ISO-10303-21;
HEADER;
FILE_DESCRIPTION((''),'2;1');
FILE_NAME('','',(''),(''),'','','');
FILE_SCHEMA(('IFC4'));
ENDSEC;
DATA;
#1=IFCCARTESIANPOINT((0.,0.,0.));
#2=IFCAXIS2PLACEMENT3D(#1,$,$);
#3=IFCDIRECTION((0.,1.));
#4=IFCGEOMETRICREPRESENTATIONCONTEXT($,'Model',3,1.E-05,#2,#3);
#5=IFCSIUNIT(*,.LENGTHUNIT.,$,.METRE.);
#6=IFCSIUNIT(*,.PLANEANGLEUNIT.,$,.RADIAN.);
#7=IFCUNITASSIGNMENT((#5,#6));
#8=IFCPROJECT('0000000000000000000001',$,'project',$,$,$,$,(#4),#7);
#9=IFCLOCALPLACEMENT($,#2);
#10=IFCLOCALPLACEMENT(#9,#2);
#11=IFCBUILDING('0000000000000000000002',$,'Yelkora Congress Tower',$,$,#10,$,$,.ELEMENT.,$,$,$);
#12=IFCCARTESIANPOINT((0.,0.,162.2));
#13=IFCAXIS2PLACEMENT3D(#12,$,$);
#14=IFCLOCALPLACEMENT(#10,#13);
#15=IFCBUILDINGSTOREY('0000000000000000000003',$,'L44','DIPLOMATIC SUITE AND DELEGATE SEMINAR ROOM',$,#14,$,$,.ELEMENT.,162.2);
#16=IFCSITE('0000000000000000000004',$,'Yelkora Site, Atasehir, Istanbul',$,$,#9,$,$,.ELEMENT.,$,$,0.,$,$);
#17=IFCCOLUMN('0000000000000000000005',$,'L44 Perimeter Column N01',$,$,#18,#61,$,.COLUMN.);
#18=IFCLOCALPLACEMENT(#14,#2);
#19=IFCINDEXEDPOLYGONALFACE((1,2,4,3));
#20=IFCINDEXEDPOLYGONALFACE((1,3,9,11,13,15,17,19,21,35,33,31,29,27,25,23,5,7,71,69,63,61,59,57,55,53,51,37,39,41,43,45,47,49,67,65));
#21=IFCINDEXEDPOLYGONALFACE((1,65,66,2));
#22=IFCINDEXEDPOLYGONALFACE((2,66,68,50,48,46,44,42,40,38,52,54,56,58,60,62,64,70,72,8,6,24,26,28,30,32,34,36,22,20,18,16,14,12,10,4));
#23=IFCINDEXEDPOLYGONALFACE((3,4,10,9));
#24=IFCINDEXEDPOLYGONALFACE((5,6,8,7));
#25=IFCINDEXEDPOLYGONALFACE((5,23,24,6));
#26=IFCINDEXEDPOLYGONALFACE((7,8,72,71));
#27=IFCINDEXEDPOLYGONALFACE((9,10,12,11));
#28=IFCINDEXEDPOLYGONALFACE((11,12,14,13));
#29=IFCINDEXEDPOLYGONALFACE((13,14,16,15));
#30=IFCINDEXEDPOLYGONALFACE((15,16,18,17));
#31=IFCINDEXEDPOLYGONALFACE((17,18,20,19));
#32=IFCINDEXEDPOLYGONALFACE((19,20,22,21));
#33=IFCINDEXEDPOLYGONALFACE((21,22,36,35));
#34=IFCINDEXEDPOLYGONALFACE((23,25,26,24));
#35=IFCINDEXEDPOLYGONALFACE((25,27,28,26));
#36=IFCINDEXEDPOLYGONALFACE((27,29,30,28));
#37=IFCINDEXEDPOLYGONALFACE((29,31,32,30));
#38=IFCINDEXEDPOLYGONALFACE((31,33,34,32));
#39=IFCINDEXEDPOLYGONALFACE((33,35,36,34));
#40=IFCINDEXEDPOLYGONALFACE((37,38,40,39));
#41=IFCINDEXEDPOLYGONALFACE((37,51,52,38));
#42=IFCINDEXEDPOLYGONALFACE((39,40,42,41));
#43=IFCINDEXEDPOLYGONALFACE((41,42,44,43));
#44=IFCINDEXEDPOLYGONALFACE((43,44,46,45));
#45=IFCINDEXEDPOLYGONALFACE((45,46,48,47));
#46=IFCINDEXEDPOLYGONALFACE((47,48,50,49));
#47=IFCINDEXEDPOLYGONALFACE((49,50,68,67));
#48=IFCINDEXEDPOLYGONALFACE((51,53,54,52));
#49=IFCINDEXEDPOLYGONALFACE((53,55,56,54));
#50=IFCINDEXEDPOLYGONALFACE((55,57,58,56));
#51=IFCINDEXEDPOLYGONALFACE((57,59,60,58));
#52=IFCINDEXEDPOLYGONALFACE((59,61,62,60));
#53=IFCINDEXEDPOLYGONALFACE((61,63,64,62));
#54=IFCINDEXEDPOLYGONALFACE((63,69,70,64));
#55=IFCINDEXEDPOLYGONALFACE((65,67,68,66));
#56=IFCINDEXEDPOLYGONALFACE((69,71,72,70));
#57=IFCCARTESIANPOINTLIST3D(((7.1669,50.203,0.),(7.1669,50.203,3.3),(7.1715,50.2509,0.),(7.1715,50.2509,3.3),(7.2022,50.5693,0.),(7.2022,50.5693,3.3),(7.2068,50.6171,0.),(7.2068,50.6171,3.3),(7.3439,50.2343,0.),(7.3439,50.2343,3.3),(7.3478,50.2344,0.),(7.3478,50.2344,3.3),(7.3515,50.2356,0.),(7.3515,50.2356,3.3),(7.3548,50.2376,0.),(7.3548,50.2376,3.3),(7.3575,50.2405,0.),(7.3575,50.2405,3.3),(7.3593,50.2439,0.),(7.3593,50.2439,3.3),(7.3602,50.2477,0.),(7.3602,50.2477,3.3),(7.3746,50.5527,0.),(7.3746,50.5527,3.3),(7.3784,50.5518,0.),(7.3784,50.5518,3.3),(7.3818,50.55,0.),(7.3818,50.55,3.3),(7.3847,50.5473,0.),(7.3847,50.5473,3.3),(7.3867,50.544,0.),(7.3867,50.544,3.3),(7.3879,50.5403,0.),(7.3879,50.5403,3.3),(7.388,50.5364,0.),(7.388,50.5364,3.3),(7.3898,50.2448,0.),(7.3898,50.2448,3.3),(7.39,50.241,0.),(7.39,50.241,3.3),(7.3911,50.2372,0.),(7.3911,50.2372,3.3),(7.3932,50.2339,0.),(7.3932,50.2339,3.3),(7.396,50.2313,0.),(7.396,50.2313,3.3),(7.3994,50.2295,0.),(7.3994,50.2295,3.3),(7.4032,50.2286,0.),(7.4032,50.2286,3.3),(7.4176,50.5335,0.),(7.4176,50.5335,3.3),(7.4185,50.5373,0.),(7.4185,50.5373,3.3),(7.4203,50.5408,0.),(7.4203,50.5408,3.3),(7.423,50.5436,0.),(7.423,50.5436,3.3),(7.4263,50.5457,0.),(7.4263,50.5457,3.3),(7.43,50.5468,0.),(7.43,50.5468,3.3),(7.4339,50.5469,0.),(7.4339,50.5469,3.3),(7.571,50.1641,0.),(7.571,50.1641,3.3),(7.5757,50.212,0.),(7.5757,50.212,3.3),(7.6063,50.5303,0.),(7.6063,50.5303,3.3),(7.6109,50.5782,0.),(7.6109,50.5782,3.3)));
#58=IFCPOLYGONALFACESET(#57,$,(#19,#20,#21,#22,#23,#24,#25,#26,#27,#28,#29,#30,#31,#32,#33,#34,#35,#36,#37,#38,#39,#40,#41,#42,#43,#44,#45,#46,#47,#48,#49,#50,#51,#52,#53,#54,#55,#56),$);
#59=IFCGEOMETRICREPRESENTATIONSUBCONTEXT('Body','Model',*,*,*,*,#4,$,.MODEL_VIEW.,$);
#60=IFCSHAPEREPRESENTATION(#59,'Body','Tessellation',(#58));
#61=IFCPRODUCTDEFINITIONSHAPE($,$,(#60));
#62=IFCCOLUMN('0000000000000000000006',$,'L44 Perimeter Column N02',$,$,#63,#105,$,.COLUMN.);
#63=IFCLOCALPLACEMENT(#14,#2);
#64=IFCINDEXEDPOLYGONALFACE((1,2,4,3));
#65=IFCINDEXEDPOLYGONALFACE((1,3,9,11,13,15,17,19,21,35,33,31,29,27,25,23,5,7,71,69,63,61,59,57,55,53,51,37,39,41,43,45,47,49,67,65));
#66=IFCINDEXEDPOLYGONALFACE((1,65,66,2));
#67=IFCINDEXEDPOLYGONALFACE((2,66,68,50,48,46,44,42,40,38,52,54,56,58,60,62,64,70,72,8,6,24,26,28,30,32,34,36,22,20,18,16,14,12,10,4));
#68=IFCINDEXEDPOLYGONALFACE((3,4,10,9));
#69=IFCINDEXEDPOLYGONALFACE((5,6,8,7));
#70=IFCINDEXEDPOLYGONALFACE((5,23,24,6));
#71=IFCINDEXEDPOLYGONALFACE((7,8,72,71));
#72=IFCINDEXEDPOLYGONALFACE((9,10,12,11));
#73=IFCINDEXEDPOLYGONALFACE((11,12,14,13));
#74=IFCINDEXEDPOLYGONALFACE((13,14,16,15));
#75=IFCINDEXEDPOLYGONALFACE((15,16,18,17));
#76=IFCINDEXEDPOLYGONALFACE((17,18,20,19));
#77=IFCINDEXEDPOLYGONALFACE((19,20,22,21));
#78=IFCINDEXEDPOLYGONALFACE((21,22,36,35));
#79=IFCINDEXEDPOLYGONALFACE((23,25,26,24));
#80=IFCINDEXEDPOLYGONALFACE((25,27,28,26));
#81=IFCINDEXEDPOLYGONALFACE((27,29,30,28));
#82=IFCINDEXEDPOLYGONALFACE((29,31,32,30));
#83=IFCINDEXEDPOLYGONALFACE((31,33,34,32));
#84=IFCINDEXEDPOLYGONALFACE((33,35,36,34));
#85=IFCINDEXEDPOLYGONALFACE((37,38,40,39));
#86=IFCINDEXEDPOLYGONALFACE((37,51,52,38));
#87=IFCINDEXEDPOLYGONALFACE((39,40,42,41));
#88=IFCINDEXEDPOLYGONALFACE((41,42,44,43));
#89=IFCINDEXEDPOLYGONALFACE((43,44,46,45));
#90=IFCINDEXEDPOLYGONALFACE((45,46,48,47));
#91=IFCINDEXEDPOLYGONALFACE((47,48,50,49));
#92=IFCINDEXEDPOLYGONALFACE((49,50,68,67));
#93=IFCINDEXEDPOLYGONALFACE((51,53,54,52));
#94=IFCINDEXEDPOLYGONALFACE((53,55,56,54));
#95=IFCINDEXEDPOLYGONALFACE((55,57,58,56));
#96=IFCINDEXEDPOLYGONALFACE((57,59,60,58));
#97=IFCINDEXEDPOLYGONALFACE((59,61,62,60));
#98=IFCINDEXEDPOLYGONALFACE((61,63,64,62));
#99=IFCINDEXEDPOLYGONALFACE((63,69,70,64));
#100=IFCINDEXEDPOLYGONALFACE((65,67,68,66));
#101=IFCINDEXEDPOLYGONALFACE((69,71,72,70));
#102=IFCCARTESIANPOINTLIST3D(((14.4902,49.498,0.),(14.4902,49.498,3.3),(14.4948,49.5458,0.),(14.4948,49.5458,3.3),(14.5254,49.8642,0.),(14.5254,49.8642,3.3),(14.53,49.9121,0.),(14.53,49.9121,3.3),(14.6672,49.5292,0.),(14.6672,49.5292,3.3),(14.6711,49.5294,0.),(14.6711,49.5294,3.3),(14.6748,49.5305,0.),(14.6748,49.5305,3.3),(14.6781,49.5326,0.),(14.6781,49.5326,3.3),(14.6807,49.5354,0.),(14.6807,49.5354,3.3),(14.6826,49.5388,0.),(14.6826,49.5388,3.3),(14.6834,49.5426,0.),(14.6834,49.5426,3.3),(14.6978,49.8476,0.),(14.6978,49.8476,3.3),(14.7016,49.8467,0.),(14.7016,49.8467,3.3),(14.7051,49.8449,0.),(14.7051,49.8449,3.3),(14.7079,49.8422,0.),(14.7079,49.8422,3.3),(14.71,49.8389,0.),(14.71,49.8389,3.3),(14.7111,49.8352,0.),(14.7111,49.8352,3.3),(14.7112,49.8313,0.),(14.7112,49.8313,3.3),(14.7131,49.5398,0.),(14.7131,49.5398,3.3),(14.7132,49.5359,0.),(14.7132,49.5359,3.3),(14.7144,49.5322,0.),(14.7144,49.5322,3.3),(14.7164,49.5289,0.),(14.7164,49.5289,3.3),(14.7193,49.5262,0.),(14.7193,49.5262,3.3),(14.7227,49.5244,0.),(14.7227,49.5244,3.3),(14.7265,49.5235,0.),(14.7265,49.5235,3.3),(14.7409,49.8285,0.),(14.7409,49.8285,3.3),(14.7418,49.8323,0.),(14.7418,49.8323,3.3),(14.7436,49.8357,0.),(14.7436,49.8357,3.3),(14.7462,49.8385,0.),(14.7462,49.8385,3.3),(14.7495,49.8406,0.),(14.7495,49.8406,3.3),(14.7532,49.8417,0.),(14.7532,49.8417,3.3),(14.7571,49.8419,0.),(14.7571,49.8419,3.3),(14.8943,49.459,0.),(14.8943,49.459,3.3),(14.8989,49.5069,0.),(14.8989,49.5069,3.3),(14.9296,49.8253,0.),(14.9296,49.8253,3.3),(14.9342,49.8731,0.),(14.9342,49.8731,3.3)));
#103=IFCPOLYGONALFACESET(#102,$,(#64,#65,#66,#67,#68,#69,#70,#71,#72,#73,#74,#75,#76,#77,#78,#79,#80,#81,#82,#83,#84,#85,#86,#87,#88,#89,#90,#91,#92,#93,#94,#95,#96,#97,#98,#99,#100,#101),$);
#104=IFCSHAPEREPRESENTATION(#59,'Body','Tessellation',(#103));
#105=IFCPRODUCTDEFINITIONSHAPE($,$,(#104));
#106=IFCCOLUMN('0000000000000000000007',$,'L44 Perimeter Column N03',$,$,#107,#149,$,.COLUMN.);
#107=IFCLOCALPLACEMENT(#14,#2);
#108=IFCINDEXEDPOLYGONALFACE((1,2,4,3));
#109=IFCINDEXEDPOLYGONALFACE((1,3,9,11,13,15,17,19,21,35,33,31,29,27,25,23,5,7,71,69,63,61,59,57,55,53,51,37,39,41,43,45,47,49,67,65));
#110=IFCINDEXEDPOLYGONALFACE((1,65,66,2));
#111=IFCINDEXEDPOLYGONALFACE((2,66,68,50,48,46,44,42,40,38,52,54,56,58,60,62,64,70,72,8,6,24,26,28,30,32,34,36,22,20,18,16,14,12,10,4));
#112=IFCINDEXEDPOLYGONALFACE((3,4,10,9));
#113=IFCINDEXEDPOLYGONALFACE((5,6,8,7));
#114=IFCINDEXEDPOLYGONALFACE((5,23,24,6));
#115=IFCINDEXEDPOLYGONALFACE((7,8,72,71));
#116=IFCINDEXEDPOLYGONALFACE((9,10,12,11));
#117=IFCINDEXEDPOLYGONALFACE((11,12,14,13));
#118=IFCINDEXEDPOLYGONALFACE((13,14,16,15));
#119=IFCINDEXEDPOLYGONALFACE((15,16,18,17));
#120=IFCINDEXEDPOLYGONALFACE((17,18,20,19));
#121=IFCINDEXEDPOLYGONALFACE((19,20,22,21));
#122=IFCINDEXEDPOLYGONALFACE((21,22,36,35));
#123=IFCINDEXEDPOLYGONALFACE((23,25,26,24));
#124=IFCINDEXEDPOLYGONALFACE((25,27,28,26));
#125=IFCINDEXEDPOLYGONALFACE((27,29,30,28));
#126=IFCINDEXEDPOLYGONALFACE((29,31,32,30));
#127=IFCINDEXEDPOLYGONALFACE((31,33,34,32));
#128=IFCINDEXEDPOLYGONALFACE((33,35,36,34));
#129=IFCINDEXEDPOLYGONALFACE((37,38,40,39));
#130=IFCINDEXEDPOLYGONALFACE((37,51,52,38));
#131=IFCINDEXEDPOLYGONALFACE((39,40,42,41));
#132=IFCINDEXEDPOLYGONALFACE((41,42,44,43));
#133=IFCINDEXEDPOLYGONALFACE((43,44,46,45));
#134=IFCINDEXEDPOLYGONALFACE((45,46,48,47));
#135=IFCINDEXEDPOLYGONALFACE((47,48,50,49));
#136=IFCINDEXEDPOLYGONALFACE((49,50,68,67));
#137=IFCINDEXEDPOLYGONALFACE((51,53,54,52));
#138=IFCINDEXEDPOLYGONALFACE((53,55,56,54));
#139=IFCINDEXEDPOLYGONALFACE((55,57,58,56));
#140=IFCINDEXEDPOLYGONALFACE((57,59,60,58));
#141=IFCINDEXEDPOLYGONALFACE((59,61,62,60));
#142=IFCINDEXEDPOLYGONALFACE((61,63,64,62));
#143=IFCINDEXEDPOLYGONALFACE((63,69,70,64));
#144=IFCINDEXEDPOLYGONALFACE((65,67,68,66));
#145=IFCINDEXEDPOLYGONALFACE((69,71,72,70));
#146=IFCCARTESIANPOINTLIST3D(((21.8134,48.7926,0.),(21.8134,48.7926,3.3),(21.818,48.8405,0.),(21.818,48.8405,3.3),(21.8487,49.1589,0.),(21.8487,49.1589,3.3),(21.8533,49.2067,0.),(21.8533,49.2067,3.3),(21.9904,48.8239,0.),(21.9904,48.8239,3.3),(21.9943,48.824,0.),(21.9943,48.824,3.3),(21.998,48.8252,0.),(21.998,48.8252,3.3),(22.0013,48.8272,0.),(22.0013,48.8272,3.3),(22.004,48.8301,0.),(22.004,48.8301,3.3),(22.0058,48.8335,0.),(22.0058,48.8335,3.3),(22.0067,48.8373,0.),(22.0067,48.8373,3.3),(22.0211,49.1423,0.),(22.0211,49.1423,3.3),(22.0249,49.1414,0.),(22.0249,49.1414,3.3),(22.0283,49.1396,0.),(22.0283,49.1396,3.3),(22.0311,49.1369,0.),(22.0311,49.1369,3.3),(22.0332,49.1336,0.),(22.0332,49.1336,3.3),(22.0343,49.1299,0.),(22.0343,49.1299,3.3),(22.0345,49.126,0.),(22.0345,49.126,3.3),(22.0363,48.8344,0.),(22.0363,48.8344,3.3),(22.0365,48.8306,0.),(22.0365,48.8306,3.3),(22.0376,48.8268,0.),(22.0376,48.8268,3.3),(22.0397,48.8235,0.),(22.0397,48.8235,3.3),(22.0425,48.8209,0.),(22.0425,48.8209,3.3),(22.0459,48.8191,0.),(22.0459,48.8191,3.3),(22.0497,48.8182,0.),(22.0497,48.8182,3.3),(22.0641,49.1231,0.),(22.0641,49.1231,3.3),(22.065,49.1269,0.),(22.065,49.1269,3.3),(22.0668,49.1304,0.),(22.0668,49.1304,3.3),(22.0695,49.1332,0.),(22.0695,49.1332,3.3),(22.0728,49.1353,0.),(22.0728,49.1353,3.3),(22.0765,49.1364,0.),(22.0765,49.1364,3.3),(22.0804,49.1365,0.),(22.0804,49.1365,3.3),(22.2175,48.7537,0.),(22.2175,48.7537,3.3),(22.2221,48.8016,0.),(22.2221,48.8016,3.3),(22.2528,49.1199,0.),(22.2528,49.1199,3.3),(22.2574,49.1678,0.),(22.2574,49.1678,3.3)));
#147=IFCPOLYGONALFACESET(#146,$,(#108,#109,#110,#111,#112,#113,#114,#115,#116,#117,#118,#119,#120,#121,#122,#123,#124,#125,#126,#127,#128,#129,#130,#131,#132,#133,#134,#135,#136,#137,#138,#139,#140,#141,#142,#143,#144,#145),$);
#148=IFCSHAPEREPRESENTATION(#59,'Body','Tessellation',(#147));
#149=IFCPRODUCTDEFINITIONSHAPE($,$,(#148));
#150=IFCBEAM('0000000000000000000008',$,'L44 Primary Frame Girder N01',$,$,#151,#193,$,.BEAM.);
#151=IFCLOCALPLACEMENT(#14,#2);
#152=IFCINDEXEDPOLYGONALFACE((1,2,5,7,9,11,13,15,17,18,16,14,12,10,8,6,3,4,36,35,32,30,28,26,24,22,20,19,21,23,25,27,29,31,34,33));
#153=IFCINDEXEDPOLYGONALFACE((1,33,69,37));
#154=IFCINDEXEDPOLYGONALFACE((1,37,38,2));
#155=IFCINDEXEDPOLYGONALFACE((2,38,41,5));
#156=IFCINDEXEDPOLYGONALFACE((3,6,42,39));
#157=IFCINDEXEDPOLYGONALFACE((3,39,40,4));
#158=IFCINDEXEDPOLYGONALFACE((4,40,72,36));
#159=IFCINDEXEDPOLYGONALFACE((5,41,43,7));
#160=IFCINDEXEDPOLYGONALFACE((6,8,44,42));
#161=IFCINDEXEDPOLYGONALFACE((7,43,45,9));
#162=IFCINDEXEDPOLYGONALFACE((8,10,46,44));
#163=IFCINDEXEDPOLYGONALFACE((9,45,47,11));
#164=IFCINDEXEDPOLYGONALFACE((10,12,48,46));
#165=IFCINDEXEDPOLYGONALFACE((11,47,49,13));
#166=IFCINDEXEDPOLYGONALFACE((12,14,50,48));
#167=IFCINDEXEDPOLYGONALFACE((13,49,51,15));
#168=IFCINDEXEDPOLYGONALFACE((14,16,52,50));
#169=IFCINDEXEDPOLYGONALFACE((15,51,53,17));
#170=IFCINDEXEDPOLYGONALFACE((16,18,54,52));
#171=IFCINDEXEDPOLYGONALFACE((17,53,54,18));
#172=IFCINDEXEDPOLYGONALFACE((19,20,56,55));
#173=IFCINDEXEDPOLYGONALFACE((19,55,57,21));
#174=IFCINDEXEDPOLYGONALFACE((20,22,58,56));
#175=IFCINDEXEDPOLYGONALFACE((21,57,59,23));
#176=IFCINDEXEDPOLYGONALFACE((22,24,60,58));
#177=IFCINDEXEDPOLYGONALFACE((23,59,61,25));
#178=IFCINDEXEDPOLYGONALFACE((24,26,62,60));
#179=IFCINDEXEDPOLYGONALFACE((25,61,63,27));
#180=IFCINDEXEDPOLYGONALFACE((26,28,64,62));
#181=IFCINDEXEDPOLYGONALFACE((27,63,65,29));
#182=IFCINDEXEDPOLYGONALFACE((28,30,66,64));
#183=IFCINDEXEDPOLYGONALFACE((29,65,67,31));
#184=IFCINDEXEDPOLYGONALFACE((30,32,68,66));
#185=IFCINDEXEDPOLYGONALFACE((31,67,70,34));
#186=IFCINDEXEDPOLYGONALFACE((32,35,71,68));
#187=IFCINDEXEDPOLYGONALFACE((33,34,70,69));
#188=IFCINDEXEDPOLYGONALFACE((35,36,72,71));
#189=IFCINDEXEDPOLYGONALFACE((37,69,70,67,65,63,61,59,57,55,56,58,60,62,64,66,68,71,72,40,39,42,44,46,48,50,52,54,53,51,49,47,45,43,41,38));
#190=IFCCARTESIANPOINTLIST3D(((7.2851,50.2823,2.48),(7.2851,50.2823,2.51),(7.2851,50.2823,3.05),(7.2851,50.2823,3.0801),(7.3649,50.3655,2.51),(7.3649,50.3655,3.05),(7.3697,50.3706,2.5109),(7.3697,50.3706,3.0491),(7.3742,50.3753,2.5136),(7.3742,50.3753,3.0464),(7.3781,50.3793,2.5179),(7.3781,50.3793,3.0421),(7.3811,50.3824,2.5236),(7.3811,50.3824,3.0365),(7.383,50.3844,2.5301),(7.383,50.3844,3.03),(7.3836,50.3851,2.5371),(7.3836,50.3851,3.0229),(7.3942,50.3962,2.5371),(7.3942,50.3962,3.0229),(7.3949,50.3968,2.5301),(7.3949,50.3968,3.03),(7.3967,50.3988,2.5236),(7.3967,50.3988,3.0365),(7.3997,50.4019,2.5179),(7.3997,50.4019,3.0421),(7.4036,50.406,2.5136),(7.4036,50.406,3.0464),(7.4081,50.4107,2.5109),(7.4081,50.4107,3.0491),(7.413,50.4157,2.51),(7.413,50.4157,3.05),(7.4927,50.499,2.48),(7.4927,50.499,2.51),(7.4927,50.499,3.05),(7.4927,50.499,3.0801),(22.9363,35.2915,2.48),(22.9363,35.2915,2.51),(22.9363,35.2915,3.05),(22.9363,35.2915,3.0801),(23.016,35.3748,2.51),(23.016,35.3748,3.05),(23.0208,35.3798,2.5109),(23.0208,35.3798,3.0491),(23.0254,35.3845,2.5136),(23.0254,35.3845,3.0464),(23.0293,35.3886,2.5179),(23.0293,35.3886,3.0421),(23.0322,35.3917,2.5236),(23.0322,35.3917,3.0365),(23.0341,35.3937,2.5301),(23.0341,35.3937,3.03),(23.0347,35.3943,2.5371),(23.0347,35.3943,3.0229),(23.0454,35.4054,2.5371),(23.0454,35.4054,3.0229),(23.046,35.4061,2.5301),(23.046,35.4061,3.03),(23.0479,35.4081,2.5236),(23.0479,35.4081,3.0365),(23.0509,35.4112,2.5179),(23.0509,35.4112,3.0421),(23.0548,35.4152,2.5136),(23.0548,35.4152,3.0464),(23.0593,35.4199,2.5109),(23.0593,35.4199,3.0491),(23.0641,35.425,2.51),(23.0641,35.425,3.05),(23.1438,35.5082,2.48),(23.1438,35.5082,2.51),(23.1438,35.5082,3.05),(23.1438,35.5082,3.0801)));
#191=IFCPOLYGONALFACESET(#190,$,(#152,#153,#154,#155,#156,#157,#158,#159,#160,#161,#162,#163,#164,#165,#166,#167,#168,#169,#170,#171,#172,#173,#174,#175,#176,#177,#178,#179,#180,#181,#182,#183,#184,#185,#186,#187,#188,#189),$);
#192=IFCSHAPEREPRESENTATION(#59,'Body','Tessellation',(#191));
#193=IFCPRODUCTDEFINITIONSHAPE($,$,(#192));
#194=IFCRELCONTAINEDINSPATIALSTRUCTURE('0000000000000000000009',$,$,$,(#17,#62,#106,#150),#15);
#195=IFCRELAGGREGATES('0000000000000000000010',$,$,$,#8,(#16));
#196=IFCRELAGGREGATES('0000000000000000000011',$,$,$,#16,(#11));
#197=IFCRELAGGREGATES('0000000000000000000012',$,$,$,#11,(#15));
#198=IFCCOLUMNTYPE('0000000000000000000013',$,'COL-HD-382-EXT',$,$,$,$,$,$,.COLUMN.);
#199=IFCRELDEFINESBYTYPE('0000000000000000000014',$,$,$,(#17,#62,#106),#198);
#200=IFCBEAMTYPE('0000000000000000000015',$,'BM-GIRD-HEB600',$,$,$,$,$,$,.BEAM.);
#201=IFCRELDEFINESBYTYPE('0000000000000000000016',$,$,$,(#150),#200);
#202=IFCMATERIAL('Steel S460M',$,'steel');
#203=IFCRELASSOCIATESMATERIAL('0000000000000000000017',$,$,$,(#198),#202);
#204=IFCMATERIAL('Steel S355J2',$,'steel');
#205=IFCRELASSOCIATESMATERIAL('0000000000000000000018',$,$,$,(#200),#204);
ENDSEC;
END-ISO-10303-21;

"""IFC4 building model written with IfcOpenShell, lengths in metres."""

from ifc_helpers import new_model, si_unit, direction, frame, origin, origin_2d, place, context, subcontext, project, spatial, i_section, extrude, material, material_profile, profile_set, type_object, element, save


model = new_model("IFC4")

# Units and contexts
model_context = context("Model", 3, precision=1e-05, world=origin(), true_north=direction((0.0, 1.0)))
body_context = subcontext(model_context, "Body", "Model", "MODEL_VIEW")
ifc_project = project(units=[si_unit("LENGTHUNIT", "METRE"), si_unit("PLANEANGLEUNIT", "RADIAN")], contexts=[model_context])

# Site, building, storey
site_placement = place(None, origin())
site = spatial("IfcSite", under=ifc_project, at=site_placement, Name="Yelkora Site, Atasehir, Istanbul", CompositionType="ELEMENT", RefElevation=0.0)
building_placement = place(site_placement, origin())
building = spatial("IfcBuilding", under=site, at=building_placement, Name="Yelkora Congress Tower", CompositionType="ELEMENT")
storey_placement = place(building_placement, frame((0.0, 0.0, 162.2)))
storey = spatial("IfcBuildingStorey", under=building, at=storey_placement, Name="L44", Description="DIPLOMATIC SUITE AND DELEGATE SEMINAR ROOM", CompositionType="ELEMENT", Elevation=162.2)

# Columns
ifc_material_1 = material(Name="Steel S460M", Category="steel")
ifc_material_profile_1 = material_profile(ifc_material_1, i_section(OverallWidth=0.406, OverallDepth=0.416, WebThickness=0.0298, FlangeThickness=0.0481, FilletRadius=0.0149, at=origin_2d()), Name="HD 400x382")
ifc_profile_set_1 = profile_set([ifc_material_profile_1], Name="Steel S460M")
column_type = type_object("IfcColumnType", Name="COL-HD-382-EXT", PredefinedType="COLUMN", material=ifc_profile_set_1)
for number, where, z_axis, x_axis, name in (
    (1, (7.3889, 50.3906, 0.0), (0.0, 0.0, 1.0), (0.995396, -0.095846, 0.0), "L44 Perimeter Column N01"),
    (2, (14.7122, 49.6855, 0.0), (0.0, 0.0, 1.0), (0.995396, -0.095846, 0.0), "L44 Perimeter Column N02"),
    (3, (22.0354, 48.9802, 0.0), (0.0, 0.0, 1.0), (0.995396, -0.095846, 0.0), "L44 Perimeter Column N03"),
):
    element("IfcColumn", number, at=place(storey_placement, frame(where, z_axis=z_axis, x_axis=x_axis)), inside=storey, type_object=column_type, Name=name, PredefinedType="COLUMN", context=body_context, shape_type="SweptSolid", body=[
        extrude(i_section(OverallWidth=0.406, OverallDepth=0.416, WebThickness=0.0298, FlangeThickness=0.0481, FilletRadius=0.0149, at=origin_2d()), origin(), (0.0, 0.0, 1.0), 3.3),
    ])

# Beam
ifc_material_2 = material(Name="Steel S355J2", Category="steel")
ifc_material_profile_2 = material_profile(ifc_material_2, i_section(OverallWidth=0.3, OverallDepth=0.6001, WebThickness=0.0154, FlangeThickness=0.03, FilletRadius=0.0271, at=origin_2d()), Name="HEB 600")
ifc_profile_set_2 = profile_set([ifc_material_profile_2], Name="Steel S355J2")
beam_type_1 = type_object("IfcBeamType", Name="BM-GIRD-HEB600", PredefinedType="BEAM", material=ifc_profile_set_2)
beam_1_placement = place(storey_placement, frame((7.3889, 50.3906, 2.78), z_axis=(0.722179, -0.691706, 0.0), x_axis=(0.691706, 0.722179, 0.0)))
element("IfcBeam", 4, at=beam_1_placement, inside=storey, type_object=beam_type_1, Name="L44 Primary Frame Girder N01", PredefinedType="BEAM", context=body_context, shape_type="SweptSolid", body=[
    extrude(i_section(OverallWidth=0.3, OverallDepth=0.6001, WebThickness=0.0154, FlangeThickness=0.03, FilletRadius=0.0271, at=origin_2d()), origin(), (0.0, 0.0, 1.0), 21.6721),
])

save(model, "model.ifc")
